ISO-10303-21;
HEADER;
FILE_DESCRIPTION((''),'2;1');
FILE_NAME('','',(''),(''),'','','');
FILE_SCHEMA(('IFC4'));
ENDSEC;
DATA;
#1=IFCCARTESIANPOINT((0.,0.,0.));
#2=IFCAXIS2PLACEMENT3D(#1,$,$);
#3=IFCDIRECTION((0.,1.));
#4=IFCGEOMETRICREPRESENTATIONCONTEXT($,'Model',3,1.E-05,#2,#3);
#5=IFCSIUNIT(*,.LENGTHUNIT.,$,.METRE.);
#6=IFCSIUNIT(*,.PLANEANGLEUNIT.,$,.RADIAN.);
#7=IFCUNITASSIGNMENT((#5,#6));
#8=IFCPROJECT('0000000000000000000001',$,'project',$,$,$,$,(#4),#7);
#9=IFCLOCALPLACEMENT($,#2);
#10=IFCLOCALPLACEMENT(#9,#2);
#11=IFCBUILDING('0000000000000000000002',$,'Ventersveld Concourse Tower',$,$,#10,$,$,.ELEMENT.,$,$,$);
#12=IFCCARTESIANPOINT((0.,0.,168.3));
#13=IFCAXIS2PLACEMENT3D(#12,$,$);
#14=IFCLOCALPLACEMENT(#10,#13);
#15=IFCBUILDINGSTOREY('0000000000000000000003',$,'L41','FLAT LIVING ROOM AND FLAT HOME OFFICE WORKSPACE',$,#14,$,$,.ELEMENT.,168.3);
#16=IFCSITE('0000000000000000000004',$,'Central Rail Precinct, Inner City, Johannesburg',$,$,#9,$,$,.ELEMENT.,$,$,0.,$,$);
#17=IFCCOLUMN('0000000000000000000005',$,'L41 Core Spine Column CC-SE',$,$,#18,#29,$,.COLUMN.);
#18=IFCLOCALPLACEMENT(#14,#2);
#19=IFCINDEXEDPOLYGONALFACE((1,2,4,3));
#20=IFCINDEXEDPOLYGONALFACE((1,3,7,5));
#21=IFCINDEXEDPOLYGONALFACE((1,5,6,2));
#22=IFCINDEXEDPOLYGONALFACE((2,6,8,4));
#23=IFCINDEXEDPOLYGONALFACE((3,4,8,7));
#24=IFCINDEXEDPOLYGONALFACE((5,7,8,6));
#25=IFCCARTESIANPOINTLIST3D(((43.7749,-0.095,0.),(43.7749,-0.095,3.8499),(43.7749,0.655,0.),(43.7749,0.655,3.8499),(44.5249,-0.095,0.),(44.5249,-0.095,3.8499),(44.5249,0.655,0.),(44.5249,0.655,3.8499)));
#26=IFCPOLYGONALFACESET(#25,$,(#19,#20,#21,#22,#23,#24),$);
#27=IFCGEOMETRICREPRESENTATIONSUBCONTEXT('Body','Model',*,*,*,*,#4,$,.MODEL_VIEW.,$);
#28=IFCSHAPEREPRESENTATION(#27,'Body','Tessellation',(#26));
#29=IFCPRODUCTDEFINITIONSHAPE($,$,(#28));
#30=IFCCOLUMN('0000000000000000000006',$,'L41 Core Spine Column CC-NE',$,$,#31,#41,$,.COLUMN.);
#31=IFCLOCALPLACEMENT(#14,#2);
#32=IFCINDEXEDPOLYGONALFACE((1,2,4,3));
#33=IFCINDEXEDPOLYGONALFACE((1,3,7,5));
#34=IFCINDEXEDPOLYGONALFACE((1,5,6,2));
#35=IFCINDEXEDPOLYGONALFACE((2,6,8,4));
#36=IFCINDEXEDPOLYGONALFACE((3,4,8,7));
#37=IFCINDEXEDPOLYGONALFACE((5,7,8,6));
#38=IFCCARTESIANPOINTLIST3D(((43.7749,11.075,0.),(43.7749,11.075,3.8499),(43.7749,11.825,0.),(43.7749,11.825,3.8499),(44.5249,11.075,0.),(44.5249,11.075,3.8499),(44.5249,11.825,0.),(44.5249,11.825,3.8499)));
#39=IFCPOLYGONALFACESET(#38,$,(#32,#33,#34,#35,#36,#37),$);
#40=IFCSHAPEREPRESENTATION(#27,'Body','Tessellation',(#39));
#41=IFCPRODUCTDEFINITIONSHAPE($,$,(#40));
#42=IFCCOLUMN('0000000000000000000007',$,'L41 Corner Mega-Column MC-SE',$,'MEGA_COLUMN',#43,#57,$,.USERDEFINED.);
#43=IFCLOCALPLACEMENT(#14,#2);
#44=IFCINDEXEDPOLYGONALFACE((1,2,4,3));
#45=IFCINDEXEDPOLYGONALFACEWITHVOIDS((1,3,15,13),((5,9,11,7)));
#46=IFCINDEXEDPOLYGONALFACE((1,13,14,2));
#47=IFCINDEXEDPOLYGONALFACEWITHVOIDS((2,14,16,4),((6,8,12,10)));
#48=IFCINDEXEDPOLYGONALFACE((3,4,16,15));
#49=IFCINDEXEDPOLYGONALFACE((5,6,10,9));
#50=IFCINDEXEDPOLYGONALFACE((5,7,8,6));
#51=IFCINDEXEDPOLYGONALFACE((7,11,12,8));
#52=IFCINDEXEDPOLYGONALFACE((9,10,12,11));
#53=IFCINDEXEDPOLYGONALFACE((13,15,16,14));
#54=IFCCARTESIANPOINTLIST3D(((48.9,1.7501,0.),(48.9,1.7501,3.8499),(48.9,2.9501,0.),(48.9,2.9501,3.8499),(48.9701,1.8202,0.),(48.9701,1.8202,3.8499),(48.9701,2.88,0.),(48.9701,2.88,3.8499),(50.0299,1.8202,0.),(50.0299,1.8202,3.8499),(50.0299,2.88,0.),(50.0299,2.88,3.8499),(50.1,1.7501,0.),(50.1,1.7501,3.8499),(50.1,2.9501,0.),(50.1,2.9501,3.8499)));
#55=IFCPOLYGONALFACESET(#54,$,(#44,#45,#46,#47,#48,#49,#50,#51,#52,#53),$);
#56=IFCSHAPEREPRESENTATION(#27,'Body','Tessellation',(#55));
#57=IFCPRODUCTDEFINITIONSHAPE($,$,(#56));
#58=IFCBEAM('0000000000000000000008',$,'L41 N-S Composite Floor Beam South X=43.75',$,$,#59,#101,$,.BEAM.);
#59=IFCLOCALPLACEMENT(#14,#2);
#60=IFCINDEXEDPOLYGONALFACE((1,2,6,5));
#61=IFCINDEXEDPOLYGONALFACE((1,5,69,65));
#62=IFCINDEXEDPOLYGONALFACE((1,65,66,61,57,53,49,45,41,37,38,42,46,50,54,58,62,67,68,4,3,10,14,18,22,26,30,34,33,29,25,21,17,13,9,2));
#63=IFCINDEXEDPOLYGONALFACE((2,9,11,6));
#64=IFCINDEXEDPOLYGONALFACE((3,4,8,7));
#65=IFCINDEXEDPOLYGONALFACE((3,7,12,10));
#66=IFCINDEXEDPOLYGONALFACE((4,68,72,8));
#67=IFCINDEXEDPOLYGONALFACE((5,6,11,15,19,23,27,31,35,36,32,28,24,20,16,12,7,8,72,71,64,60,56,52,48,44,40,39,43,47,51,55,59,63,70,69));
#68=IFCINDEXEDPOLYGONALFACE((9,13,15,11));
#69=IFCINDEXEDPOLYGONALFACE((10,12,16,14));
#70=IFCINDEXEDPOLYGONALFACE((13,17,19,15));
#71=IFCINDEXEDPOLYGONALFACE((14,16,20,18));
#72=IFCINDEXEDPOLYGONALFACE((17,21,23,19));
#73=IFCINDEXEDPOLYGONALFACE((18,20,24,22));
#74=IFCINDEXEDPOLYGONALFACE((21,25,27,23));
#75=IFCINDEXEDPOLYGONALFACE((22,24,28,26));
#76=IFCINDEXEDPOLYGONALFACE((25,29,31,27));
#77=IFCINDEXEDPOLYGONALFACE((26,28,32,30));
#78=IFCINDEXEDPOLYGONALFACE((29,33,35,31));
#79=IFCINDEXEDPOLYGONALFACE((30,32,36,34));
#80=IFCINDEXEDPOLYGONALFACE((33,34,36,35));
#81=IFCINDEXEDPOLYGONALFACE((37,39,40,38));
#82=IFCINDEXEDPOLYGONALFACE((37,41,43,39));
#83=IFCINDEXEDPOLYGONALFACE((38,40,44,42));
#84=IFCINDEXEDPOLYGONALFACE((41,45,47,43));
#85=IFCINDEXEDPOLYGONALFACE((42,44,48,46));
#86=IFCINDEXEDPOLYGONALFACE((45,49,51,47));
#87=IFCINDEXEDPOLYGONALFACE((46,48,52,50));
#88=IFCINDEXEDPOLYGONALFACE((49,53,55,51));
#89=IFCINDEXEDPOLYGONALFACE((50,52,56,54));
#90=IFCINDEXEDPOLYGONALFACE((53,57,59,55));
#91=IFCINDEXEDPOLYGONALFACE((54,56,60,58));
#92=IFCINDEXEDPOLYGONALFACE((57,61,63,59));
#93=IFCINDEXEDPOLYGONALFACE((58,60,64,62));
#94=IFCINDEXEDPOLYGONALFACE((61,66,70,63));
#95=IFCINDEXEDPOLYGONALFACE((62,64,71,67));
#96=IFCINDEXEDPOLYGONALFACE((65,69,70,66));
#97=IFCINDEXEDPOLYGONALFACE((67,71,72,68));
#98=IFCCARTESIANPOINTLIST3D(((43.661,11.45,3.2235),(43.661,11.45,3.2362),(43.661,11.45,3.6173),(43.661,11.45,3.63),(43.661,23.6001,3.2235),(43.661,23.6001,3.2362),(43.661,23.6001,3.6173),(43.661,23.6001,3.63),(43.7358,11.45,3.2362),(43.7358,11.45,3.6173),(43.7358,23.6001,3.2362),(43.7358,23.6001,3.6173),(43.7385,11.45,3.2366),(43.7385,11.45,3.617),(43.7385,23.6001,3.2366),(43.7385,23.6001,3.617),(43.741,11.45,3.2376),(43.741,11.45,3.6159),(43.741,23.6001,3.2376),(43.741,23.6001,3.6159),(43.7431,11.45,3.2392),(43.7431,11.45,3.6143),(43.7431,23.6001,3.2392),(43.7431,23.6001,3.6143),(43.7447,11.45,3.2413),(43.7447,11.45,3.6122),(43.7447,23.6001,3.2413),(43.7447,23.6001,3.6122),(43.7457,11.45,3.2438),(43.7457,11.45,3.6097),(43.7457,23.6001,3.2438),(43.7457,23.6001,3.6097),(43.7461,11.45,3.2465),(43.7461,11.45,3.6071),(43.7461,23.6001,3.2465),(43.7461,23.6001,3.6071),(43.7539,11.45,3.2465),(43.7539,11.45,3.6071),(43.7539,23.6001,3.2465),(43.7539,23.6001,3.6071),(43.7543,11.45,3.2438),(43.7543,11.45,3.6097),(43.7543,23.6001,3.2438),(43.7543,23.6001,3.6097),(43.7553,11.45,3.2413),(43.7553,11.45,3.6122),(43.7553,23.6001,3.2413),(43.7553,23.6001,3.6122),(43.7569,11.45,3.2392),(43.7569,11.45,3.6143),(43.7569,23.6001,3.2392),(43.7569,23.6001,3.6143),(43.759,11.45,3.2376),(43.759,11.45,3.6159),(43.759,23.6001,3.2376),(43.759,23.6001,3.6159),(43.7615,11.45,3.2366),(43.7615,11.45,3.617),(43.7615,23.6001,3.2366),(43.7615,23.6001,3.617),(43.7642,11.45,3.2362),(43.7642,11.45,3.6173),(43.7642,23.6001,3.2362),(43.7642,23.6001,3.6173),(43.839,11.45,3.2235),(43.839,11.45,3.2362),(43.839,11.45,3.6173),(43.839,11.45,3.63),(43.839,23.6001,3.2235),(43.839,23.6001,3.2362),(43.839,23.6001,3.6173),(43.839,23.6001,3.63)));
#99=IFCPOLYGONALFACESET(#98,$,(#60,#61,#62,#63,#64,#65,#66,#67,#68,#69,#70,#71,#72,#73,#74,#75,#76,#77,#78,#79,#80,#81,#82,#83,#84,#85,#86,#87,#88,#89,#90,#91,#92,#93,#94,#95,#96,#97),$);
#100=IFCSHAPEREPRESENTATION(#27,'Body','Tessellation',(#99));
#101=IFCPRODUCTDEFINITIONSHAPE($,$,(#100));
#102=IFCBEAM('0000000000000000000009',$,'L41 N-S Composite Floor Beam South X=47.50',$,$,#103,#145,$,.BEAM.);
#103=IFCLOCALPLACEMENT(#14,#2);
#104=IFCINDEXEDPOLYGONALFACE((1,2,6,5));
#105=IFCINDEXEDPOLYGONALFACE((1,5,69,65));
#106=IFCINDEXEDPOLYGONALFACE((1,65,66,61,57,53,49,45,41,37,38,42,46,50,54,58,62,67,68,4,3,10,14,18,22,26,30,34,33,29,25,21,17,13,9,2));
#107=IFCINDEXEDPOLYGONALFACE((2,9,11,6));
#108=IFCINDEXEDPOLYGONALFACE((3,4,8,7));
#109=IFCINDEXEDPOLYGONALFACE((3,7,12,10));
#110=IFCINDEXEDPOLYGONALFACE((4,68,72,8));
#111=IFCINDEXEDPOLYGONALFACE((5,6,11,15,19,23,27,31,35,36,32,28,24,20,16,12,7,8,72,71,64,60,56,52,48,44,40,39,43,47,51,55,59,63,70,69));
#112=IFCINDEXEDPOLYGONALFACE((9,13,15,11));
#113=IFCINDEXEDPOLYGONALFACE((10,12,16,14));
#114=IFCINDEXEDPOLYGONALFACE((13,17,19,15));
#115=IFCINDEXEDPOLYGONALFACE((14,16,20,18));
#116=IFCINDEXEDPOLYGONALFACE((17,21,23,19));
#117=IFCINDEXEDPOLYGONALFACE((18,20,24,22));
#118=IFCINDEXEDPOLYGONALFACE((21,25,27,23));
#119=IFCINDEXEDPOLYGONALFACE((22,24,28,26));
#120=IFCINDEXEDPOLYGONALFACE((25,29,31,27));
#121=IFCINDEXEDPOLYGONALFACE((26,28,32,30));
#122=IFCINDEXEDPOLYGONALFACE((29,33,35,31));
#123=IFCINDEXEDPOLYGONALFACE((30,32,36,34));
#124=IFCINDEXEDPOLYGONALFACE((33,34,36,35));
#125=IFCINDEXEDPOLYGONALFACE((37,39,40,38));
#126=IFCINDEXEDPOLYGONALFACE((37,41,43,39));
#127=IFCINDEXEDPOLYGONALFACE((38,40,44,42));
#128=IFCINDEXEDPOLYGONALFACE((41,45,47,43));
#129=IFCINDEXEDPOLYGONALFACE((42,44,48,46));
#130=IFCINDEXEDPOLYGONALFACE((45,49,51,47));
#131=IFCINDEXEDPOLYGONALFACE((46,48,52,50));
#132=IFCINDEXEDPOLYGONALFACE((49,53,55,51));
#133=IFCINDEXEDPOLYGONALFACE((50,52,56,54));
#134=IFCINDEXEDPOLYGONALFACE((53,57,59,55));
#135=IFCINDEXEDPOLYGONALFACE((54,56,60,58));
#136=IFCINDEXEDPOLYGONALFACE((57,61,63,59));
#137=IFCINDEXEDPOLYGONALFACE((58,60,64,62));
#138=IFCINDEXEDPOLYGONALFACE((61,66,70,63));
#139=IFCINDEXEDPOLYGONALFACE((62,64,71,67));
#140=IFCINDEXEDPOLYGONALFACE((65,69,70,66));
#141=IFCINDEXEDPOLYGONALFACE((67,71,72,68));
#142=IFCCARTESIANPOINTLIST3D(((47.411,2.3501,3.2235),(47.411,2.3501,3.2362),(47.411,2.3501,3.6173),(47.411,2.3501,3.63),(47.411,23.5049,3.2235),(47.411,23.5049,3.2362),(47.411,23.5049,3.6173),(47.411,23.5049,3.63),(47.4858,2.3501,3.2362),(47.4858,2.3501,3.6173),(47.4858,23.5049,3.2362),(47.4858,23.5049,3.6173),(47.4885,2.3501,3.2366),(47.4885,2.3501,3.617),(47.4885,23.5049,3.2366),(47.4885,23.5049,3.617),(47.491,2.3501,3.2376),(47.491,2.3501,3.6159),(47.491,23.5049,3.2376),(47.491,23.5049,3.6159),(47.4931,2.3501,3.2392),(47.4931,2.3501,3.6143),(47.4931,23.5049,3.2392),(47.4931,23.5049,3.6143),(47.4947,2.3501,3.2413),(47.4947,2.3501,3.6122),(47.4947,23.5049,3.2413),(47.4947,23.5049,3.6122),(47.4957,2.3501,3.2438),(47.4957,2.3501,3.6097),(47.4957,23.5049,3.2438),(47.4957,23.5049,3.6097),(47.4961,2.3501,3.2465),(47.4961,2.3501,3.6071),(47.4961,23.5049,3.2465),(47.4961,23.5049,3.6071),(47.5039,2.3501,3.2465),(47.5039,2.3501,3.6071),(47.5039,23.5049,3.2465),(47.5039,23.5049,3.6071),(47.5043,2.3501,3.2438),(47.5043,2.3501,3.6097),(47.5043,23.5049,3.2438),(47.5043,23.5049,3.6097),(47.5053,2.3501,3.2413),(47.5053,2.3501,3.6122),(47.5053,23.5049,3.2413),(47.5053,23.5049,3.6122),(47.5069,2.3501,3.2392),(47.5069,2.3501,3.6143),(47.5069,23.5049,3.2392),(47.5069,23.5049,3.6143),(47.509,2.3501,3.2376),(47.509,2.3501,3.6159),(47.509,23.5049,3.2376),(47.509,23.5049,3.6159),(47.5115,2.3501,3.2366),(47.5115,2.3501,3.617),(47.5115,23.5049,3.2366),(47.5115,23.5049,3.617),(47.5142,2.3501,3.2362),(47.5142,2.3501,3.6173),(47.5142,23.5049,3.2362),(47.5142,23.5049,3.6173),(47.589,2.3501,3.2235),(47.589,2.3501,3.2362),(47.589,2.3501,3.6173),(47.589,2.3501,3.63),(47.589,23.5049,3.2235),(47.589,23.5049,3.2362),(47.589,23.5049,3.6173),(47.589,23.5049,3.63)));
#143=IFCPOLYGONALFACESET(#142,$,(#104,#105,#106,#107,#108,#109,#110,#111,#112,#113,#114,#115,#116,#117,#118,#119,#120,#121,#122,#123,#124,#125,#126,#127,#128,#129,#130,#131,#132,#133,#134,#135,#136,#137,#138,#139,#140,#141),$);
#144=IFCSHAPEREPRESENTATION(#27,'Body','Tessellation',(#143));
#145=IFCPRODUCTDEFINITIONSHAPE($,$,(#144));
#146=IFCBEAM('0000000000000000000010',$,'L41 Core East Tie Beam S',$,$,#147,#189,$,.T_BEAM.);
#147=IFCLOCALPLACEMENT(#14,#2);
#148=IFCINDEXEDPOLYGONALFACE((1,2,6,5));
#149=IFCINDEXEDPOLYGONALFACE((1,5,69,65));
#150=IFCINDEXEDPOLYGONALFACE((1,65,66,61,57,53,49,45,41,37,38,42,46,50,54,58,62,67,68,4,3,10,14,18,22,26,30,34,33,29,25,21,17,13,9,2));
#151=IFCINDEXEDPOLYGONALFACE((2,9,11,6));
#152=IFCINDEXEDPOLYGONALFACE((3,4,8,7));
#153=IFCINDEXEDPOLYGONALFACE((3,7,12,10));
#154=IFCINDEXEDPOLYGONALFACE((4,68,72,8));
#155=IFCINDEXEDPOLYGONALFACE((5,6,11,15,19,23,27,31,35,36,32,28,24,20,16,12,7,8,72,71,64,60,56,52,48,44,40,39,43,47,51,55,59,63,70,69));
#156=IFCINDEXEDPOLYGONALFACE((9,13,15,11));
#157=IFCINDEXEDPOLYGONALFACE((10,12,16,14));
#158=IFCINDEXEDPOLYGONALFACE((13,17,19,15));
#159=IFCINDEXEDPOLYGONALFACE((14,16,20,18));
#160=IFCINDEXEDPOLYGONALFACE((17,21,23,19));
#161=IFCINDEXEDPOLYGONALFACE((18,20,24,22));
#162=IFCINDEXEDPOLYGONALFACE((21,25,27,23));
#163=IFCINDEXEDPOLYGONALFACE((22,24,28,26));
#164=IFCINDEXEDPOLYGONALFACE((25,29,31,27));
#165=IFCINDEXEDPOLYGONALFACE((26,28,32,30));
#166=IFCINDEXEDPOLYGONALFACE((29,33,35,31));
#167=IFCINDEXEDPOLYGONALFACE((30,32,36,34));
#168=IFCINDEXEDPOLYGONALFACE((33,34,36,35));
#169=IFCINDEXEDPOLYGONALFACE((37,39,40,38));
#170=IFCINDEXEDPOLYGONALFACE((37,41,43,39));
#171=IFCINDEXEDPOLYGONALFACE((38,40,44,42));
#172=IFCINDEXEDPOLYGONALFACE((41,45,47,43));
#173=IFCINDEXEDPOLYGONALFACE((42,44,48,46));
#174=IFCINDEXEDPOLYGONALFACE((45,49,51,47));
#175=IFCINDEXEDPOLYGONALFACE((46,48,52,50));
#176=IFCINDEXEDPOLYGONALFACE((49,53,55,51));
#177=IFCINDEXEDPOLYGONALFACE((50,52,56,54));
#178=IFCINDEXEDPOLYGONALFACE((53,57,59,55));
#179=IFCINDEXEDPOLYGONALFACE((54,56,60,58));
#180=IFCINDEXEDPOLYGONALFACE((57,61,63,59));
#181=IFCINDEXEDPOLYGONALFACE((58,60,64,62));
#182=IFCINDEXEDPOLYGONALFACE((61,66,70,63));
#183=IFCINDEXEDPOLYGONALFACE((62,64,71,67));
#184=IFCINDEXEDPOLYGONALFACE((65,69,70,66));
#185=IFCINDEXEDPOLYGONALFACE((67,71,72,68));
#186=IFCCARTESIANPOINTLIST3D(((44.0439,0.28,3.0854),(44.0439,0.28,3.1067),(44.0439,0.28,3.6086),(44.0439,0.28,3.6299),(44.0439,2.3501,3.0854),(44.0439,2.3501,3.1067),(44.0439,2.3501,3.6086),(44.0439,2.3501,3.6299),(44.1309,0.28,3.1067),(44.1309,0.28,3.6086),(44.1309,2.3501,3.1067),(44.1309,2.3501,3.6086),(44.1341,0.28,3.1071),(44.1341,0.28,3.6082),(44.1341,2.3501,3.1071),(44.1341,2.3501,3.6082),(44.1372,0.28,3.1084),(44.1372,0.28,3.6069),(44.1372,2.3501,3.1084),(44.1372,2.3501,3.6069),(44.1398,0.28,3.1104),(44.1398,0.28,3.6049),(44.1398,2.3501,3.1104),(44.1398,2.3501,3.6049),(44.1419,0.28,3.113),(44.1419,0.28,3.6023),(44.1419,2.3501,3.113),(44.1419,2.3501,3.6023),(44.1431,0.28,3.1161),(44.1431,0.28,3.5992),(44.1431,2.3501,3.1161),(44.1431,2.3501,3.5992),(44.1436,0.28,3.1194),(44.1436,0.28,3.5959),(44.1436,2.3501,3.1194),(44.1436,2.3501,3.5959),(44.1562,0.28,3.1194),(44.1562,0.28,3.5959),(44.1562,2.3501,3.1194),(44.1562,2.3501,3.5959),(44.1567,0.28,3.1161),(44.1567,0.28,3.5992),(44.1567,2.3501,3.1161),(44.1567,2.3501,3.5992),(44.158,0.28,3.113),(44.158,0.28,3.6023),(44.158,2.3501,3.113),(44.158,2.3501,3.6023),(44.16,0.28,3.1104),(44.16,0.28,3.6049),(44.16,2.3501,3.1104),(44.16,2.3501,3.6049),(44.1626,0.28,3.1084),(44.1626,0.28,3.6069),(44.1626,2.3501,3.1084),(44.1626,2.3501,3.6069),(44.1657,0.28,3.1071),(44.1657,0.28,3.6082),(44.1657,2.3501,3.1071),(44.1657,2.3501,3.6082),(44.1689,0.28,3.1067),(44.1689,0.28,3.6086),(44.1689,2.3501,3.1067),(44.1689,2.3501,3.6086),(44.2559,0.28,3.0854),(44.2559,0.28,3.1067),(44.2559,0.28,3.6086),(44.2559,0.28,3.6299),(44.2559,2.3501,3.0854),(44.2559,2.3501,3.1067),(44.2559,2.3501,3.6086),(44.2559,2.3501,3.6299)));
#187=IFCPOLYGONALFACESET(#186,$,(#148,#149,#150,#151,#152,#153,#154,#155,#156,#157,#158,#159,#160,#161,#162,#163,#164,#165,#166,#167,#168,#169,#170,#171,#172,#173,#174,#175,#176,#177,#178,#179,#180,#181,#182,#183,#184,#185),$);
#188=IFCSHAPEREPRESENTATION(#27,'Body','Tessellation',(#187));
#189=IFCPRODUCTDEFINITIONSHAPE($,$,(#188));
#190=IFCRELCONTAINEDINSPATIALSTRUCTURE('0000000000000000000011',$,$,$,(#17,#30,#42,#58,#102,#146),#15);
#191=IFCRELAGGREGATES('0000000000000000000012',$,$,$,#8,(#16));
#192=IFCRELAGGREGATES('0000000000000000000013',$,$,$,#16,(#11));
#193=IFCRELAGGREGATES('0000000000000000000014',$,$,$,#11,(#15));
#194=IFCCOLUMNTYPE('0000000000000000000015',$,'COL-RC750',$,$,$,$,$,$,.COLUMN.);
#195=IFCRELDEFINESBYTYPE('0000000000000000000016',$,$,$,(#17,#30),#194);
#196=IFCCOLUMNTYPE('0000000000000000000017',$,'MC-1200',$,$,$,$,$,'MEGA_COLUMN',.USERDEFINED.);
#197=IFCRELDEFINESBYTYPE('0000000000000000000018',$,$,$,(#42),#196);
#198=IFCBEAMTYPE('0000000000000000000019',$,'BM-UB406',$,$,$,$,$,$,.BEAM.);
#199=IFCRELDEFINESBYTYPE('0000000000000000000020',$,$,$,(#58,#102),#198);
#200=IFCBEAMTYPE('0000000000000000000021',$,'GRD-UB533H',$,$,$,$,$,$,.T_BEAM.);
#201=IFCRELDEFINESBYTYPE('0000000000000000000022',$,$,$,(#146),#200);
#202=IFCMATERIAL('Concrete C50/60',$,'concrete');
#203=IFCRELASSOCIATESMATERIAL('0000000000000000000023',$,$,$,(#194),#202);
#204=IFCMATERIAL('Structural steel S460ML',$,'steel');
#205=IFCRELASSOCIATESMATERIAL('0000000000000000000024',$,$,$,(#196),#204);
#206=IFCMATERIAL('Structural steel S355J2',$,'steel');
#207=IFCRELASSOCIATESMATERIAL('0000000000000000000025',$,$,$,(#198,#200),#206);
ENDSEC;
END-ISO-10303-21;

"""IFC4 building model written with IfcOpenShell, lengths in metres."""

from ifc_helpers import new_model, si_unit, direction, frame, origin, origin_2d, place, context, subcontext, project, spatial, rectangle, hollow_rectangle, i_section, extrude, material, material_profile, profile_set, type_object, element, save


model = new_model("IFC4")

# Units and contexts
model_context = context("Model", 3, precision=1e-05, world=origin(), true_north=direction((0.0, 1.0)))
body_context = subcontext(model_context, "Body", "Model", "MODEL_VIEW")
ifc_project = project(units=[si_unit("LENGTHUNIT", "METRE"), si_unit("PLANEANGLEUNIT", "RADIAN")], contexts=[model_context])

# Site, building, storey
site_placement = place(None, origin())
site = spatial("IfcSite", under=ifc_project, at=site_placement, Name="Central Rail Precinct, Inner City, Johannesburg", CompositionType="ELEMENT", RefElevation=0.0)
building_placement = place(site_placement, origin())
building = spatial("IfcBuilding", under=site, at=building_placement, Name="Ventersveld Concourse Tower", CompositionType="ELEMENT")
storey_placement = place(building_placement, frame((0.0, 0.0, 168.3)))
storey = spatial("IfcBuildingStorey", under=building, at=storey_placement, Name="L41", Description="FLAT LIVING ROOM AND FLAT HOME OFFICE WORKSPACE", CompositionType="ELEMENT", Elevation=168.3)

# Columns
ifc_material_1 = material(Name="Concrete C50/60", Category="concrete")
ifc_material_profile_1 = material_profile(ifc_material_1, rectangle(XDim=0.75, YDim=0.75, at=origin_2d()), Name="RC 750x750")
ifc_profile_set_1 = profile_set([ifc_material_profile_1], Name="Concrete C50/60")
column_type_1 = type_object("IfcColumnType", Name="COL-RC750", PredefinedType="COLUMN", material=ifc_profile_set_1)
for number, where, z_axis, x_axis, name in (
    (1, (44.1499, 0.28, 0.0), (0.0, 0.0, 1.0), (1.0, 0.0, 0.0), "L41 Core Spine Column CC-SE"),
    (2, (44.1499, 11.45, 0.0), (0.0, 0.0, 1.0), (1.0, 0.0, 0.0), "L41 Core Spine Column CC-NE"),
):
    element("IfcColumn", number, at=place(storey_placement, frame(where, z_axis=z_axis, x_axis=x_axis)), inside=storey, type_object=column_type_1, Name=name, PredefinedType="COLUMN", context=body_context, shape_type="SweptSolid", body=[
        extrude(rectangle(XDim=0.75, YDim=0.75, at=origin_2d()), origin(), (0.0, 0.0, 1.0), 3.8499),
    ])
ifc_material_2 = material(Name="Structural steel S460ML", Category="steel")
ifc_material_profile_2 = material_profile(ifc_material_2, hollow_rectangle(XDim=1.2, YDim=1.2, WallThickness=0.0701, at=origin_2d()), Name="BOX 1200x1200x70")
ifc_profile_set_2 = profile_set([ifc_material_profile_2], Name="Structural steel S460ML")
column_type_2 = type_object("IfcColumnType", Name="MC-1200", ElementType="MEGA_COLUMN", PredefinedType="USERDEFINED", material=ifc_profile_set_2)
column_placement = place(storey_placement, frame((49.5, 2.3501, 0.0), z_axis=(0.0, 0.0, 1.0), x_axis=(1.0, 0.0, 0.0)))
element("IfcColumn", 3, at=column_placement, inside=storey, type_object=column_type_2, Name="L41 Corner Mega-Column MC-SE", ObjectType="MEGA_COLUMN", PredefinedType="USERDEFINED", context=body_context, shape_type="SweptSolid", body=[
    extrude(hollow_rectangle(XDim=1.2, YDim=1.2, WallThickness=0.0701, at=origin_2d()), origin(), (0.0, 0.0, 1.0), 3.8499),
])

# Beams
ifc_material_3 = material(Name="Structural steel S355J2", Category="steel")
ifc_material_profile_3 = material_profile(ifc_material_3, i_section(OverallWidth=0.178, OverallDepth=0.4065, WebThickness=0.0078, FlangeThickness=0.0127, FilletRadius=0.0103, at=origin_2d()), Name="UB 406x178x60")
ifc_profile_set_3 = profile_set([ifc_material_profile_3], Name="Structural steel S355J2")
beam_type_1 = type_object("IfcBeamType", Name="BM-UB406", PredefinedType="BEAM", material=ifc_profile_set_3)
beam_1_placement = place(storey_placement, frame((43.75, 11.45, 3.4268), z_axis=(0.0, 1.0, 0.0), x_axis=(-1.0, 0.0, 0.0)))
element("IfcBeam", 4, at=beam_1_placement, inside=storey, type_object=beam_type_1, Name="L41 N-S Composite Floor Beam South X=43.75", PredefinedType="BEAM", context=body_context, shape_type="SweptSolid", body=[
    extrude(i_section(OverallWidth=0.178, OverallDepth=0.4065, WebThickness=0.0078, FlangeThickness=0.0127, FilletRadius=0.0103, at=origin_2d()), origin(), (0.0, 0.0, 1.0), 12.1501),
])
beam_2_placement = place(storey_placement, frame((47.5, 2.3501, 3.4268), z_axis=(0.0, 1.0, 0.0), x_axis=(-1.0, 0.0, 0.0)))
element("IfcBeam", 5, at=beam_2_placement, inside=storey, type_object=beam_type_1, Name="L41 N-S Composite Floor Beam South X=47.50", PredefinedType="BEAM", context=body_context, shape_type="SweptSolid", body=[
    extrude(i_section(OverallWidth=0.178, OverallDepth=0.4065, WebThickness=0.0078, FlangeThickness=0.0127, FilletRadius=0.0103, at=origin_2d()), origin(), (0.0, 0.0, 1.0), 21.1548),
])
ifc_material_profile_4 = material_profile(ifc_material_3, i_section(OverallWidth=0.2119, OverallDepth=0.5444, WebThickness=0.0127, FlangeThickness=0.0212, FilletRadius=0.0127, at=origin_2d()), Name="UB 533x210x122")
ifc_profile_set_4 = profile_set([ifc_material_profile_4], Name="Structural steel S355J2")
beam_type_2 = type_object("IfcBeamType", Name="GRD-UB533H", PredefinedType="T_BEAM", material=ifc_profile_set_4)
beam_3_placement = place(storey_placement, frame((44.1499, 0.28, 3.3577), z_axis=(0.0, 1.0, 0.0), x_axis=(-1.0, 0.0, 0.0)))
element("IfcBeam", 6, at=beam_3_placement, inside=storey, type_object=beam_type_2, Name="L41 Core East Tie Beam S", PredefinedType="T_BEAM", context=body_context, shape_type="SweptSolid", body=[
    extrude(i_section(OverallWidth=0.2119, OverallDepth=0.5444, WebThickness=0.0127, FlangeThickness=0.0212, FilletRadius=0.0127, at=origin_2d()), origin(), (0.0, 0.0, 1.0), 2.0701),
])

save(model, "model.ifc")
